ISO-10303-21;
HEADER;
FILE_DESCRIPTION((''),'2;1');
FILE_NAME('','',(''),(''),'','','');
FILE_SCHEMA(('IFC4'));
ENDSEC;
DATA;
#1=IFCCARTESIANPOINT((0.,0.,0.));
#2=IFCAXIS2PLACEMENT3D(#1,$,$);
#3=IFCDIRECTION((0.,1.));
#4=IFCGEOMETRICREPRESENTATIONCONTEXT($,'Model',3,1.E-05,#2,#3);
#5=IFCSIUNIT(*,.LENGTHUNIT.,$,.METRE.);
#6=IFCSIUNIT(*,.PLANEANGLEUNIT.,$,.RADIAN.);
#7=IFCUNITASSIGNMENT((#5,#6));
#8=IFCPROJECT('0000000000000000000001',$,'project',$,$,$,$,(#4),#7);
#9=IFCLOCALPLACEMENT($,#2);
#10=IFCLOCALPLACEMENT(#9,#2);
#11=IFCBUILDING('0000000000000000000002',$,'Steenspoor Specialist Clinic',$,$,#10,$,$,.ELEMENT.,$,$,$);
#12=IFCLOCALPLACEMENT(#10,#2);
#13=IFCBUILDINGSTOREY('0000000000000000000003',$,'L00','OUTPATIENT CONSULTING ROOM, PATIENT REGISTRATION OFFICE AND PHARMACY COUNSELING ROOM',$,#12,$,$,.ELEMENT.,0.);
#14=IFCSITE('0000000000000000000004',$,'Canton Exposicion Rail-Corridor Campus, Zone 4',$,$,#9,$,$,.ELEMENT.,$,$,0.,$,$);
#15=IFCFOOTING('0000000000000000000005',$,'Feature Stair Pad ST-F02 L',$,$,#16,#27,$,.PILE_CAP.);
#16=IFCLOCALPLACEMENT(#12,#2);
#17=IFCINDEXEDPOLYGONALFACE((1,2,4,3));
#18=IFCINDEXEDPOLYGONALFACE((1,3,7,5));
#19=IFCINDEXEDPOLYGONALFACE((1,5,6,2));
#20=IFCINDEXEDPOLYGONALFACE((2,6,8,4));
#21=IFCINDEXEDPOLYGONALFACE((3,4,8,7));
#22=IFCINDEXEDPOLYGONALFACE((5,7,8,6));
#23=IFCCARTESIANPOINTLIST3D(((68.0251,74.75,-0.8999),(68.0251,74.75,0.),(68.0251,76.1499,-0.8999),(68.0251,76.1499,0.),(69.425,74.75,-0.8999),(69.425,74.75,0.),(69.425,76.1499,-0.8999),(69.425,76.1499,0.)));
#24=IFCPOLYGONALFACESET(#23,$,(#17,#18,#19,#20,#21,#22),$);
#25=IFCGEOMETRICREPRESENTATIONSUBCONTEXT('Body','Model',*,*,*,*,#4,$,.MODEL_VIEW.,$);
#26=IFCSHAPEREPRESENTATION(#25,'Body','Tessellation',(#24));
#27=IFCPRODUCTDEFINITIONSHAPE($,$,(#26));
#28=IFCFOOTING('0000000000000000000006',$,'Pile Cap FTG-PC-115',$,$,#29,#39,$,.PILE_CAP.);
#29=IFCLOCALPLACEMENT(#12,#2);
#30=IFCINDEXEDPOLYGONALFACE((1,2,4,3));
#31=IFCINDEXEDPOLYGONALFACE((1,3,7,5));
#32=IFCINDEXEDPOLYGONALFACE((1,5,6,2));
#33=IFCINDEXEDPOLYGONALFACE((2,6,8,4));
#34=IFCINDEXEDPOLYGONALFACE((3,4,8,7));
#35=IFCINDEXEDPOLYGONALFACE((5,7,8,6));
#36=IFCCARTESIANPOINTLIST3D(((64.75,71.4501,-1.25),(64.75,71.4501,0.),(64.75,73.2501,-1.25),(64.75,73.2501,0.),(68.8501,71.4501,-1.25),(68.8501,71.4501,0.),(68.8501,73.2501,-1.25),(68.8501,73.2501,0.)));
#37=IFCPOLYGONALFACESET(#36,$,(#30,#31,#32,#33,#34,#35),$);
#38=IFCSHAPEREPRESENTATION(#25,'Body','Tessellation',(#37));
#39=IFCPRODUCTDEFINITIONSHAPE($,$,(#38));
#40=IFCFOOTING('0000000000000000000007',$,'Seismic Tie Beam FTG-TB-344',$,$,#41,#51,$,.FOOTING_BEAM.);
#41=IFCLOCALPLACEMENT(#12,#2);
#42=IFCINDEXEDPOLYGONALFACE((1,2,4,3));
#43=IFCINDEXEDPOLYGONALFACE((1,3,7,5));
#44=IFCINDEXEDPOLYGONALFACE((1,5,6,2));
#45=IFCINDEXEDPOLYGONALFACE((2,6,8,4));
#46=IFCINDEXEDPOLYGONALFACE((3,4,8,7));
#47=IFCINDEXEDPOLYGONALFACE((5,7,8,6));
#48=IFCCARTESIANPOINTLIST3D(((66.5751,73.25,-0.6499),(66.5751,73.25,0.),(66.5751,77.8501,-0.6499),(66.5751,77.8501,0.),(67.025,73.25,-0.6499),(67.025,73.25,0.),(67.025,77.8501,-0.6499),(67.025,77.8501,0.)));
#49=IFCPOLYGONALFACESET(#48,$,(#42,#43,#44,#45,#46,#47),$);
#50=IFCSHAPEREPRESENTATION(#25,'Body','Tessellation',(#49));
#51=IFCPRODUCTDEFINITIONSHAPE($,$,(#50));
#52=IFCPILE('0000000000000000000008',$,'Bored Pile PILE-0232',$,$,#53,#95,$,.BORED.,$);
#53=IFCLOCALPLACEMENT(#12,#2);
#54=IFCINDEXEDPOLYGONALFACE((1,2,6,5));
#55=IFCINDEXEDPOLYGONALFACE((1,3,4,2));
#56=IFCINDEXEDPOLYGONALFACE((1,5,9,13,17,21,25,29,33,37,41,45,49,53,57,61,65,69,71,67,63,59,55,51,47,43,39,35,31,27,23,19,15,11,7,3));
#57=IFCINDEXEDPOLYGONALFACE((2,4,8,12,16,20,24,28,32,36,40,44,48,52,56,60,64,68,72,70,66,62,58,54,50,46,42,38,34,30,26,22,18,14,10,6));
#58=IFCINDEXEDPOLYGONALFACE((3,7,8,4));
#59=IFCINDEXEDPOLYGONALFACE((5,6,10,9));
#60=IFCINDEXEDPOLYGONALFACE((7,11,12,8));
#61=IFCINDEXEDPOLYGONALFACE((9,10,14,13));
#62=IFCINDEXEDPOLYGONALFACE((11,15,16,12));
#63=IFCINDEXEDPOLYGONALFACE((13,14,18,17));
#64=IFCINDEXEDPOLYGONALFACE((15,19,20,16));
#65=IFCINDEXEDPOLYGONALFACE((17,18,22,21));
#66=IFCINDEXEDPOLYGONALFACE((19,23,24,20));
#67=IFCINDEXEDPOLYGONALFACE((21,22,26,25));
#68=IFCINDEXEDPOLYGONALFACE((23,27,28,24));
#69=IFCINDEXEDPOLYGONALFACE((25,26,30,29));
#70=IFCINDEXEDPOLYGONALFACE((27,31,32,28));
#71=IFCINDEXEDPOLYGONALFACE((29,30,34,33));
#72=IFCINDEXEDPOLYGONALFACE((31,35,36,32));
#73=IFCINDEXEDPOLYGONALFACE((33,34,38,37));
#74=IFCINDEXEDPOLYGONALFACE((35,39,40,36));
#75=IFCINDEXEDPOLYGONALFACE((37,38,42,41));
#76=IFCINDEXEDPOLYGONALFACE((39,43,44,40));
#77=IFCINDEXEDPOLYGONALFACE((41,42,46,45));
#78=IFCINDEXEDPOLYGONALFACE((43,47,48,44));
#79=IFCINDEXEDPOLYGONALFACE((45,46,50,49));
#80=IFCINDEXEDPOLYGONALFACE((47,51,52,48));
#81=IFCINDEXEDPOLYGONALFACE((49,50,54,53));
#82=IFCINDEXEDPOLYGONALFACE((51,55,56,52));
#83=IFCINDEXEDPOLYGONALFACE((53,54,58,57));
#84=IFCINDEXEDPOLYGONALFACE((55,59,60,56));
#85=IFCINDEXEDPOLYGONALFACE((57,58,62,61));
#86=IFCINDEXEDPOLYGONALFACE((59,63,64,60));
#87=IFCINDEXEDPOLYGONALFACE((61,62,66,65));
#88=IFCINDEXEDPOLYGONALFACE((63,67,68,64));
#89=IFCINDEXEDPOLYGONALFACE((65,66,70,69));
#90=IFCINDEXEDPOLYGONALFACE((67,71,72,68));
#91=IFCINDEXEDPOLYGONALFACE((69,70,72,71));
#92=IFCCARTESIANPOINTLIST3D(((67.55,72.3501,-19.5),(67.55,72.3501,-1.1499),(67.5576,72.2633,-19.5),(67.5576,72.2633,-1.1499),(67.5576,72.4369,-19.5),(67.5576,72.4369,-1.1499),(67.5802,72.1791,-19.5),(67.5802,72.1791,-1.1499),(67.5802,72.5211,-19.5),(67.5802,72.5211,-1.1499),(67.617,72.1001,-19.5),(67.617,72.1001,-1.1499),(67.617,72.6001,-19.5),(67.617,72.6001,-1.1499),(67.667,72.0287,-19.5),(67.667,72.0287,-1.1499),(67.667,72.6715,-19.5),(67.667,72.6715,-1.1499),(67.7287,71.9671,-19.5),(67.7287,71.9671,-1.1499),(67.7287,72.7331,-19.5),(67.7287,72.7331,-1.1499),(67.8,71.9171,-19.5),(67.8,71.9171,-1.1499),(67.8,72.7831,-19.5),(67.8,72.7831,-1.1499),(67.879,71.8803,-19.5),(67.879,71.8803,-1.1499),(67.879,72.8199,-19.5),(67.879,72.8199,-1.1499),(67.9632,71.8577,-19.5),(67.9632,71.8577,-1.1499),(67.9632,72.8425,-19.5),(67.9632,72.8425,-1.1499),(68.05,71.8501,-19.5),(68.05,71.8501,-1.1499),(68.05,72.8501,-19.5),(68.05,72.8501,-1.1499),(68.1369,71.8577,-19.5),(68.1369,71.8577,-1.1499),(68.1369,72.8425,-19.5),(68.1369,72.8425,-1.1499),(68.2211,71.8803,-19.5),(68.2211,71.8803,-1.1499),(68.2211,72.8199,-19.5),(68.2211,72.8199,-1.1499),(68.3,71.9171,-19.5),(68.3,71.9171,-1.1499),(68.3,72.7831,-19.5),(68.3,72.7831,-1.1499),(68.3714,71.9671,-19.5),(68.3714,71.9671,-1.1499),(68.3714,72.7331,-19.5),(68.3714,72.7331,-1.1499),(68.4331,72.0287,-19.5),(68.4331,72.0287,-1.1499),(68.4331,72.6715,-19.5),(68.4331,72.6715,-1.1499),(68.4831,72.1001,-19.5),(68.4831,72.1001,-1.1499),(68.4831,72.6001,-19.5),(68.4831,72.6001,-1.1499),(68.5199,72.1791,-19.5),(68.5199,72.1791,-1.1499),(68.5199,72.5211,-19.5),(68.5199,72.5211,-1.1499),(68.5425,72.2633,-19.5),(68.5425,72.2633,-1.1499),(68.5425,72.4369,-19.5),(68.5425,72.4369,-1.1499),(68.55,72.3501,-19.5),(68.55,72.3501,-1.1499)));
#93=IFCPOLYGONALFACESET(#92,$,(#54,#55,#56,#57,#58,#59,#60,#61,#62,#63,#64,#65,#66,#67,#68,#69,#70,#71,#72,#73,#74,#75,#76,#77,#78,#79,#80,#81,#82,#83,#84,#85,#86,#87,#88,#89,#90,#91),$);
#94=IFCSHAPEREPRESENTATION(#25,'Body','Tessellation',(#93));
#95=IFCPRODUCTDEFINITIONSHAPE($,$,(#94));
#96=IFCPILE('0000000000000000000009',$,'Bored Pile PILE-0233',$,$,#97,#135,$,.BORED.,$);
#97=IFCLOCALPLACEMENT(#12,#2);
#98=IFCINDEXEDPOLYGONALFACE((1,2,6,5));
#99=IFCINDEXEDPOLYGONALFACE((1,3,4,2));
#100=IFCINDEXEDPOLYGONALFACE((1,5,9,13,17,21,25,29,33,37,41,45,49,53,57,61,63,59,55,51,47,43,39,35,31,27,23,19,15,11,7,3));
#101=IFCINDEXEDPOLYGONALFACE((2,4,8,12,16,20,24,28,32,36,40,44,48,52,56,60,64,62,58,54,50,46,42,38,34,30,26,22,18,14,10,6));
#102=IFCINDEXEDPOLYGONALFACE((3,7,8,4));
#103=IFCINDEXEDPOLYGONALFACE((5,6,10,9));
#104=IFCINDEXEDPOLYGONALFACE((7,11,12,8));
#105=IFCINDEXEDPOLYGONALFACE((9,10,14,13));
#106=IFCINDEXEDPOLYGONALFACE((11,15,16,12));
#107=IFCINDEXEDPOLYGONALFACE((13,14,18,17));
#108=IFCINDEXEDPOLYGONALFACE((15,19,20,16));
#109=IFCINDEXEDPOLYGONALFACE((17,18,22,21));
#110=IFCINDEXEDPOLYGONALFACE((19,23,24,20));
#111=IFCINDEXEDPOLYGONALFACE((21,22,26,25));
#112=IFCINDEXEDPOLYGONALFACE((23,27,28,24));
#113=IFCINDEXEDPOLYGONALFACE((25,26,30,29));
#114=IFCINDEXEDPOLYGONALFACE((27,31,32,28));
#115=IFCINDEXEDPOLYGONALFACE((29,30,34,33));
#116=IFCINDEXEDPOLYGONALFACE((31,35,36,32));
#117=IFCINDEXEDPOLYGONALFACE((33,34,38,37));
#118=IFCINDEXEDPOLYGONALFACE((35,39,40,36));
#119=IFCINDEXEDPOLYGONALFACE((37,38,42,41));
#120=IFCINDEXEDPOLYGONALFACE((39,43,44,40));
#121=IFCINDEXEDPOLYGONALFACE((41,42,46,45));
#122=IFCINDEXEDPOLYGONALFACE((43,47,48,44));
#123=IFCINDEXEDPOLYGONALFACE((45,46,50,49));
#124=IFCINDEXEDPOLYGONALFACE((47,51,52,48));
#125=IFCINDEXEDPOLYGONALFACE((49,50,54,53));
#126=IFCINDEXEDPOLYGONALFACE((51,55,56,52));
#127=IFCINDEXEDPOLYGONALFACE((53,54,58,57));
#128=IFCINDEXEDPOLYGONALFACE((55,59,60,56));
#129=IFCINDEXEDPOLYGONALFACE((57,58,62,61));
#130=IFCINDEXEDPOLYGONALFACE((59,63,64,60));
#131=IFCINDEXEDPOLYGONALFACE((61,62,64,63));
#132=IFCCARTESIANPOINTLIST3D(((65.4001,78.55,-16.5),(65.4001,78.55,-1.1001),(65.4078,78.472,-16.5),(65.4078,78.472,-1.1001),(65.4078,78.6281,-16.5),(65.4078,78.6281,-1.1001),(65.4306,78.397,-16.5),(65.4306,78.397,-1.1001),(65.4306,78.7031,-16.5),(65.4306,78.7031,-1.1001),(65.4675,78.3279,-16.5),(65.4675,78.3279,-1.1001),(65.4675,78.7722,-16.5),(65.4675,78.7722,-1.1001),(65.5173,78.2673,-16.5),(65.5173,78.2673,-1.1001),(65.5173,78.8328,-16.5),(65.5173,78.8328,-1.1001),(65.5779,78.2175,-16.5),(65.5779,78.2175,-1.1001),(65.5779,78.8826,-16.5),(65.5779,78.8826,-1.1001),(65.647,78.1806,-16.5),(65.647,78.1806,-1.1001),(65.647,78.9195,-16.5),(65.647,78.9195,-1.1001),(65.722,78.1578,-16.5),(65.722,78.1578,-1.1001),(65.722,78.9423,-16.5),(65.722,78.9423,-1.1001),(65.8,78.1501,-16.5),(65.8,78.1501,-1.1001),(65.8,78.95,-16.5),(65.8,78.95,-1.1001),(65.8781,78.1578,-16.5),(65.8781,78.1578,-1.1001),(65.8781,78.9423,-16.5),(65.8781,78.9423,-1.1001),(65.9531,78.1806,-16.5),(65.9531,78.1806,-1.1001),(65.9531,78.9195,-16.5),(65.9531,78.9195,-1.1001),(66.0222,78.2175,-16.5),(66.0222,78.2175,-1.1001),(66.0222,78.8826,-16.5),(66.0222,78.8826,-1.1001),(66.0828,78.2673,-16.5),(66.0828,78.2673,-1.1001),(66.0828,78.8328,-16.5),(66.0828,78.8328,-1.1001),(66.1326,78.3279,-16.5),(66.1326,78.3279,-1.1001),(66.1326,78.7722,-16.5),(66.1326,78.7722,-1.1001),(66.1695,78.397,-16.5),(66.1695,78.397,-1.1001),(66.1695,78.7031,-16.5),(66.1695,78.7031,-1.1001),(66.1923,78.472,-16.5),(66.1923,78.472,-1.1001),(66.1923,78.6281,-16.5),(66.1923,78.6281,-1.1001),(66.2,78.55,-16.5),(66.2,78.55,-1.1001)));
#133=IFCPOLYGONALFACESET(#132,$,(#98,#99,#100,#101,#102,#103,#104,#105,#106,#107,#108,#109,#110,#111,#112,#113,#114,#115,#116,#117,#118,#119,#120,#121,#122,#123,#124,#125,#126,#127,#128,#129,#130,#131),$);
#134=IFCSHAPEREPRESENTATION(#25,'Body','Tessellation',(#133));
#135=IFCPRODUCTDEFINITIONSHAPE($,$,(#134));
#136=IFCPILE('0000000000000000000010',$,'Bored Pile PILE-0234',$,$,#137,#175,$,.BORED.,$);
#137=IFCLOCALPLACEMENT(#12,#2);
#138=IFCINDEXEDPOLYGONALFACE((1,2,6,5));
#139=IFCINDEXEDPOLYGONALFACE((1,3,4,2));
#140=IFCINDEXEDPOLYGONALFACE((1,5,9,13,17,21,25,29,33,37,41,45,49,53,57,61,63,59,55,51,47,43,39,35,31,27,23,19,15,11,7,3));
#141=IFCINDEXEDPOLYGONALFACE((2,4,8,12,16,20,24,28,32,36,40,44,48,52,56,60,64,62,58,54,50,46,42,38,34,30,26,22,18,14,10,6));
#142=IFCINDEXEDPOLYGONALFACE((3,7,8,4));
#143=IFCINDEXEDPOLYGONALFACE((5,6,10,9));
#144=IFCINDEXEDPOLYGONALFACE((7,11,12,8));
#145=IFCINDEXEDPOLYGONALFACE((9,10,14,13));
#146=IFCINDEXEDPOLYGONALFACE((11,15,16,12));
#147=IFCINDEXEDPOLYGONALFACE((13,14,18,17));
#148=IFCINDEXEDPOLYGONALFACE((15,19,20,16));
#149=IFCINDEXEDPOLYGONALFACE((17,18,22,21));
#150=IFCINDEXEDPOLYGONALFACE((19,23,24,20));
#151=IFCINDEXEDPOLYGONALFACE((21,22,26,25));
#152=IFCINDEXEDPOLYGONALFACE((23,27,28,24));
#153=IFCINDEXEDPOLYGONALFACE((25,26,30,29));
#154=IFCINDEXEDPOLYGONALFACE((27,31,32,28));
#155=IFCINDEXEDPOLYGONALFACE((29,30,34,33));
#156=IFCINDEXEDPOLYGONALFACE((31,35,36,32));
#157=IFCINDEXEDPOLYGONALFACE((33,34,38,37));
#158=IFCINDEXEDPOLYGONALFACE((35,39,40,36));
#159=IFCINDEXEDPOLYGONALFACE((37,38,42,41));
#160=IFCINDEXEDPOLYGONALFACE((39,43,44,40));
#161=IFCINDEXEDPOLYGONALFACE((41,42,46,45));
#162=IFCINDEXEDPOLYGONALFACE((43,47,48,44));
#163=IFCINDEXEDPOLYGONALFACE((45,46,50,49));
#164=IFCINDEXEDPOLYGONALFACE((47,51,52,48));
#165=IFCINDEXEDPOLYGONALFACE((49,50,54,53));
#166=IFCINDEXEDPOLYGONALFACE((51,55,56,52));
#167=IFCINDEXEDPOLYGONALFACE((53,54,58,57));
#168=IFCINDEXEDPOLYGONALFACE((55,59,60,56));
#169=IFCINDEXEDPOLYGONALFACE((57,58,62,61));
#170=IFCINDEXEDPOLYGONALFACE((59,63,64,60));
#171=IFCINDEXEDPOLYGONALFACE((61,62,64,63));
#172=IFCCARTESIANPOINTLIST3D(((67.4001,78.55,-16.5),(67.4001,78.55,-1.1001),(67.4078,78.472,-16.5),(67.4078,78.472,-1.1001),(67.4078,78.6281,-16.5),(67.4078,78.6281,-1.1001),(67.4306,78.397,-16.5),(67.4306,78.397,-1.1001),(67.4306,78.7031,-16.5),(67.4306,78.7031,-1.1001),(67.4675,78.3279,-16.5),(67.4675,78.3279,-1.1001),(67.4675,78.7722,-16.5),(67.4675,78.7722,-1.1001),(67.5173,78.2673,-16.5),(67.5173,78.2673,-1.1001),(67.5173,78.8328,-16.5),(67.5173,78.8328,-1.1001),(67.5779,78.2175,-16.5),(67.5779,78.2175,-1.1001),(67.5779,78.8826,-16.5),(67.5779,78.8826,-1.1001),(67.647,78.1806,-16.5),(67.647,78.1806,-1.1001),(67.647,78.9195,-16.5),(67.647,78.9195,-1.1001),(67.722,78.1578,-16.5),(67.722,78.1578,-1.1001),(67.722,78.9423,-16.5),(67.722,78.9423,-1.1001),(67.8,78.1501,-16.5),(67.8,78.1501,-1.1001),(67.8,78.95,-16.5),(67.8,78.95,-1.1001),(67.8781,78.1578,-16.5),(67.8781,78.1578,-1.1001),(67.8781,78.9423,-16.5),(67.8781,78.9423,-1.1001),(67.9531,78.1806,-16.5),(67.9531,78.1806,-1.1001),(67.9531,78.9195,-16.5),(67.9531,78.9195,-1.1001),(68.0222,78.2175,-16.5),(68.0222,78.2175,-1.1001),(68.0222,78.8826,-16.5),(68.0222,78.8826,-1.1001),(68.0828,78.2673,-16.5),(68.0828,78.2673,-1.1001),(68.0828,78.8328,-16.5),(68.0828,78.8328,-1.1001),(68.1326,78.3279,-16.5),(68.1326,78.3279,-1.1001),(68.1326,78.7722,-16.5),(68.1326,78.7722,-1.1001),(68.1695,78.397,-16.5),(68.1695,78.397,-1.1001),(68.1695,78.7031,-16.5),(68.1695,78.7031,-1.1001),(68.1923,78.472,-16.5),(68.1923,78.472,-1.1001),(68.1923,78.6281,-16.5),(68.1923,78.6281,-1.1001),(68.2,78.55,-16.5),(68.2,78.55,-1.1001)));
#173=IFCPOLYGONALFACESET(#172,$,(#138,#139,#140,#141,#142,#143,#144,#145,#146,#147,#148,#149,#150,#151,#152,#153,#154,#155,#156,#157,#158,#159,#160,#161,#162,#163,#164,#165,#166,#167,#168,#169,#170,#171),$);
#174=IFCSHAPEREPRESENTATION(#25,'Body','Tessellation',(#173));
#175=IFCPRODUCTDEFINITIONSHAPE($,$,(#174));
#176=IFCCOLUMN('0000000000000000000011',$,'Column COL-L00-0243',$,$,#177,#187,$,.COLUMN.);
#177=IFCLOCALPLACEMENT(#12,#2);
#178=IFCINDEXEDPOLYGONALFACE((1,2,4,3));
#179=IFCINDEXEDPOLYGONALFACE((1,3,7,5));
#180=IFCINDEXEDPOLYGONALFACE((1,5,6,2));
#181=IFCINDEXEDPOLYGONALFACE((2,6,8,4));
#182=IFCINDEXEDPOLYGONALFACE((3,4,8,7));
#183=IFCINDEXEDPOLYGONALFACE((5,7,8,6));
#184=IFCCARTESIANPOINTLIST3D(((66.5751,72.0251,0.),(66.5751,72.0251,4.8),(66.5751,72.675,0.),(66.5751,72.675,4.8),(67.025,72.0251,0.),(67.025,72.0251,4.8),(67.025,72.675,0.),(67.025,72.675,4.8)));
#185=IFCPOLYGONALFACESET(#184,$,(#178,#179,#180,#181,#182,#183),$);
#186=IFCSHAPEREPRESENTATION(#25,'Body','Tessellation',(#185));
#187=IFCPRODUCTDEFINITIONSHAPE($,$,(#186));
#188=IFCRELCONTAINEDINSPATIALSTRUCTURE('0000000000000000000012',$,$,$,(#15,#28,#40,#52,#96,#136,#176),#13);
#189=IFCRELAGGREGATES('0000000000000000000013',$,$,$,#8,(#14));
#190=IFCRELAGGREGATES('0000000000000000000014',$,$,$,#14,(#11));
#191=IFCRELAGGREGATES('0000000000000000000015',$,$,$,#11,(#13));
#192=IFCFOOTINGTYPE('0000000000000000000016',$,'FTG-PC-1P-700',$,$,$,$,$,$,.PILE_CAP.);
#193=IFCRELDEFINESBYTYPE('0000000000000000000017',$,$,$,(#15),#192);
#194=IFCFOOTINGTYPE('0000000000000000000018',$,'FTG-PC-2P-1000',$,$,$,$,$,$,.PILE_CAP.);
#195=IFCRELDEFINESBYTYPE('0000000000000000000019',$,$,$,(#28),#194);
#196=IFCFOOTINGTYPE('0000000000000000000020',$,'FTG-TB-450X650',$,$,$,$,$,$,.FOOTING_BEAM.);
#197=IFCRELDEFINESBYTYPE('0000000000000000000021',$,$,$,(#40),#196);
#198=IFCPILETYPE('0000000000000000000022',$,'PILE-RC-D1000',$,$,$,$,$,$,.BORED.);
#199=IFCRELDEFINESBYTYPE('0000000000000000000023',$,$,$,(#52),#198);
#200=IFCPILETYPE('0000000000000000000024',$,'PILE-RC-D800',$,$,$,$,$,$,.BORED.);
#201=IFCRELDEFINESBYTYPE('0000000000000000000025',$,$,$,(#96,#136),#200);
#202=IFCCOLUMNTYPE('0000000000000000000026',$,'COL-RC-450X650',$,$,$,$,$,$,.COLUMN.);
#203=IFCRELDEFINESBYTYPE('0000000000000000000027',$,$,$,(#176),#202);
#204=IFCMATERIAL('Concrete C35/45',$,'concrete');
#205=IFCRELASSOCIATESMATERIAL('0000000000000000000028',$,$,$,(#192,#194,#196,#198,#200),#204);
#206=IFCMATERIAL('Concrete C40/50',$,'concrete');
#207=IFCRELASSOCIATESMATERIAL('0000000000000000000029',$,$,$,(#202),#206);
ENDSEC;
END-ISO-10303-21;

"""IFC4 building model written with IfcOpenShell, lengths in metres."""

from ifc_helpers import new_model, si_unit, direction, frame, origin, origin_2d, place, context, subcontext, project, spatial, rectangle, circle, extrude, material, material_profile, profile_set, type_object, element, save


model = new_model("IFC4")

# Units and contexts
model_context = context("Model", 3, precision=1e-05, world=origin(), true_north=direction((0.0, 1.0)))
body_context = subcontext(model_context, "Body", "Model", "MODEL_VIEW")
ifc_project = project(units=[si_unit("LENGTHUNIT", "METRE"), si_unit("PLANEANGLEUNIT", "RADIAN")], contexts=[model_context])

# Site, building, storey
site_placement = place(None, origin())
site = spatial("IfcSite", under=ifc_project, at=site_placement, Name="Canton Exposicion Rail-Corridor Campus, Zone 4", CompositionType="ELEMENT", RefElevation=0.0)
building_placement = place(site_placement, origin())
building = spatial("IfcBuilding", under=site, at=building_placement, Name="Steenspoor Specialist Clinic", CompositionType="ELEMENT")
storey_placement = place(building_placement, origin())
storey = spatial("IfcBuildingStorey", under=building, at=storey_placement, Name="L00", Description="OUTPATIENT CONSULTING ROOM, PATIENT REGISTRATION OFFICE AND PHARMACY COUNSELING ROOM", CompositionType="ELEMENT", Elevation=0.0)

# Footings
ifc_material_1 = material(Name="Concrete C35/45", Category="concrete")
footing_type_1 = type_object("IfcFootingType", Name="FTG-PC-1P-700", PredefinedType="PILE_CAP", material=ifc_material_1)
footing_1_placement = place(storey_placement, frame((68.7251, 75.45, -0.8999), z_axis=(0.0, 0.0, 1.0), x_axis=(1.0, 0.0, 0.0)))
element("IfcFooting", 1, at=footing_1_placement, inside=storey, type_object=footing_type_1, Name="Feature Stair Pad ST-F02 L", PredefinedType="PILE_CAP", context=body_context, shape_type="SweptSolid", body=[
    extrude(rectangle(XDim=1.3999, YDim=1.3999, at=origin_2d()), origin(), (0.0, 0.0, 1.0), 0.8999),
])
footing_type_2 = type_object("IfcFootingType", Name="FTG-PC-2P-1000", PredefinedType="PILE_CAP", material=ifc_material_1)
footing_2_placement = place(storey_placement, frame((66.8, 72.3501, -1.25), z_axis=(0.0, 0.0, 1.0), x_axis=(1.0, 0.0, 0.0)))
element("IfcFooting", 2, at=footing_2_placement, inside=storey, type_object=footing_type_2, Name="Pile Cap FTG-PC-115", PredefinedType="PILE_CAP", context=body_context, shape_type="SweptSolid", body=[
    extrude(rectangle(XDim=4.1001, YDim=1.8, at=origin_2d()), origin(), (0.0, 0.0, 1.0), 1.25),
])
footing_type_3 = type_object("IfcFootingType", Name="FTG-TB-450X650", PredefinedType="FOOTING_BEAM", material=ifc_material_1)
footing_3_placement = place(storey_placement, frame((66.8, 75.55, -0.6499), z_axis=(0.0, 0.0, 1.0), x_axis=(1.0, 0.0, 0.0)))
element("IfcFooting", 3, at=footing_3_placement, inside=storey, type_object=footing_type_3, Name="Seismic Tie Beam FTG-TB-344", PredefinedType="FOOTING_BEAM", context=body_context, shape_type="SweptSolid", body=[
    extrude(rectangle(XDim=0.45, YDim=4.6001, at=origin_2d()), origin(), (0.0, 0.0, 1.0), 0.6499),
])

# Piles
ifc_material_profile_1 = material_profile(ifc_material_1, circle(Radius=0.5, at=origin_2d()), Name="PILE-D1000")
ifc_profile_set_1 = profile_set([ifc_material_profile_1], Name="Concrete C35/45")
pile_type_1 = type_object("IfcPileType", Name="PILE-RC-D1000", PredefinedType="BORED", material=ifc_profile_set_1)
pile_placement = place(storey_placement, frame((68.05, 72.3501, -1.1499), z_axis=(0.0, 0.0, -1.0), x_axis=(1.0, 0.0, 0.0)))
element("IfcPile", 4, at=pile_placement, inside=storey, type_object=pile_type_1, Name="Bored Pile PILE-0232", PredefinedType="BORED", context=body_context, shape_type="SweptSolid", body=[
    extrude(circle(Radius=0.5, at=origin_2d()), origin(), (0.0, 0.0, 1.0), 18.3501),
])
ifc_material_profile_2 = material_profile(ifc_material_1, circle(Radius=0.3999, at=origin_2d()), Name="PILE-D800")
ifc_profile_set_2 = profile_set([ifc_material_profile_2], Name="Concrete C35/45")
pile_type_2 = type_object("IfcPileType", Name="PILE-RC-D800", PredefinedType="BORED", material=ifc_profile_set_2)
for number, where, z_axis, x_axis, name in (
    (5, (65.8, 78.55, -1.1001), (0.0, 0.0, -1.0), (1.0, 0.0, 0.0), "Bored Pile PILE-0233"),
    (6, (67.8, 78.55, -1.1001), (0.0, 0.0, -1.0), (1.0, 0.0, 0.0), "Bored Pile PILE-0234"),
):
    element("IfcPile", number, at=place(storey_placement, frame(where, z_axis=z_axis, x_axis=x_axis)), inside=storey, type_object=pile_type_2, Name=name, PredefinedType="BORED", context=body_context, shape_type="SweptSolid", body=[
        extrude(circle(Radius=0.3999, at=origin_2d()), origin(), (0.0, 0.0, 1.0), 15.3999),
    ])

# Column
ifc_material_2 = material(Name="Concrete C40/50", Category="concrete")
ifc_material_profile_3 = material_profile(ifc_material_2, rectangle(XDim=0.45, YDim=0.6499, at=origin_2d()), Name="RC-COL-450X650")
ifc_profile_set_3 = profile_set([ifc_material_profile_3], Name="Concrete C40/50")
column_type_1 = type_object("IfcColumnType", Name="COL-RC-450X650", PredefinedType="COLUMN", material=ifc_profile_set_3)
column_1_placement = place(storey_placement, frame((66.8, 72.3501, 0.0), z_axis=(0.0, 0.0, 1.0), x_axis=(1.0, 0.0, 0.0)))
element("IfcColumn", 7, at=column_1_placement, inside=storey, type_object=column_type_1, Name="Column COL-L00-0243", PredefinedType="COLUMN", context=body_context, shape_type="SweptSolid", body=[
    extrude(rectangle(XDim=0.45, YDim=0.6499, at=origin_2d()), origin(), (0.0, 0.0, 1.0), 4.8),
])

save(model, "model.ifc")
